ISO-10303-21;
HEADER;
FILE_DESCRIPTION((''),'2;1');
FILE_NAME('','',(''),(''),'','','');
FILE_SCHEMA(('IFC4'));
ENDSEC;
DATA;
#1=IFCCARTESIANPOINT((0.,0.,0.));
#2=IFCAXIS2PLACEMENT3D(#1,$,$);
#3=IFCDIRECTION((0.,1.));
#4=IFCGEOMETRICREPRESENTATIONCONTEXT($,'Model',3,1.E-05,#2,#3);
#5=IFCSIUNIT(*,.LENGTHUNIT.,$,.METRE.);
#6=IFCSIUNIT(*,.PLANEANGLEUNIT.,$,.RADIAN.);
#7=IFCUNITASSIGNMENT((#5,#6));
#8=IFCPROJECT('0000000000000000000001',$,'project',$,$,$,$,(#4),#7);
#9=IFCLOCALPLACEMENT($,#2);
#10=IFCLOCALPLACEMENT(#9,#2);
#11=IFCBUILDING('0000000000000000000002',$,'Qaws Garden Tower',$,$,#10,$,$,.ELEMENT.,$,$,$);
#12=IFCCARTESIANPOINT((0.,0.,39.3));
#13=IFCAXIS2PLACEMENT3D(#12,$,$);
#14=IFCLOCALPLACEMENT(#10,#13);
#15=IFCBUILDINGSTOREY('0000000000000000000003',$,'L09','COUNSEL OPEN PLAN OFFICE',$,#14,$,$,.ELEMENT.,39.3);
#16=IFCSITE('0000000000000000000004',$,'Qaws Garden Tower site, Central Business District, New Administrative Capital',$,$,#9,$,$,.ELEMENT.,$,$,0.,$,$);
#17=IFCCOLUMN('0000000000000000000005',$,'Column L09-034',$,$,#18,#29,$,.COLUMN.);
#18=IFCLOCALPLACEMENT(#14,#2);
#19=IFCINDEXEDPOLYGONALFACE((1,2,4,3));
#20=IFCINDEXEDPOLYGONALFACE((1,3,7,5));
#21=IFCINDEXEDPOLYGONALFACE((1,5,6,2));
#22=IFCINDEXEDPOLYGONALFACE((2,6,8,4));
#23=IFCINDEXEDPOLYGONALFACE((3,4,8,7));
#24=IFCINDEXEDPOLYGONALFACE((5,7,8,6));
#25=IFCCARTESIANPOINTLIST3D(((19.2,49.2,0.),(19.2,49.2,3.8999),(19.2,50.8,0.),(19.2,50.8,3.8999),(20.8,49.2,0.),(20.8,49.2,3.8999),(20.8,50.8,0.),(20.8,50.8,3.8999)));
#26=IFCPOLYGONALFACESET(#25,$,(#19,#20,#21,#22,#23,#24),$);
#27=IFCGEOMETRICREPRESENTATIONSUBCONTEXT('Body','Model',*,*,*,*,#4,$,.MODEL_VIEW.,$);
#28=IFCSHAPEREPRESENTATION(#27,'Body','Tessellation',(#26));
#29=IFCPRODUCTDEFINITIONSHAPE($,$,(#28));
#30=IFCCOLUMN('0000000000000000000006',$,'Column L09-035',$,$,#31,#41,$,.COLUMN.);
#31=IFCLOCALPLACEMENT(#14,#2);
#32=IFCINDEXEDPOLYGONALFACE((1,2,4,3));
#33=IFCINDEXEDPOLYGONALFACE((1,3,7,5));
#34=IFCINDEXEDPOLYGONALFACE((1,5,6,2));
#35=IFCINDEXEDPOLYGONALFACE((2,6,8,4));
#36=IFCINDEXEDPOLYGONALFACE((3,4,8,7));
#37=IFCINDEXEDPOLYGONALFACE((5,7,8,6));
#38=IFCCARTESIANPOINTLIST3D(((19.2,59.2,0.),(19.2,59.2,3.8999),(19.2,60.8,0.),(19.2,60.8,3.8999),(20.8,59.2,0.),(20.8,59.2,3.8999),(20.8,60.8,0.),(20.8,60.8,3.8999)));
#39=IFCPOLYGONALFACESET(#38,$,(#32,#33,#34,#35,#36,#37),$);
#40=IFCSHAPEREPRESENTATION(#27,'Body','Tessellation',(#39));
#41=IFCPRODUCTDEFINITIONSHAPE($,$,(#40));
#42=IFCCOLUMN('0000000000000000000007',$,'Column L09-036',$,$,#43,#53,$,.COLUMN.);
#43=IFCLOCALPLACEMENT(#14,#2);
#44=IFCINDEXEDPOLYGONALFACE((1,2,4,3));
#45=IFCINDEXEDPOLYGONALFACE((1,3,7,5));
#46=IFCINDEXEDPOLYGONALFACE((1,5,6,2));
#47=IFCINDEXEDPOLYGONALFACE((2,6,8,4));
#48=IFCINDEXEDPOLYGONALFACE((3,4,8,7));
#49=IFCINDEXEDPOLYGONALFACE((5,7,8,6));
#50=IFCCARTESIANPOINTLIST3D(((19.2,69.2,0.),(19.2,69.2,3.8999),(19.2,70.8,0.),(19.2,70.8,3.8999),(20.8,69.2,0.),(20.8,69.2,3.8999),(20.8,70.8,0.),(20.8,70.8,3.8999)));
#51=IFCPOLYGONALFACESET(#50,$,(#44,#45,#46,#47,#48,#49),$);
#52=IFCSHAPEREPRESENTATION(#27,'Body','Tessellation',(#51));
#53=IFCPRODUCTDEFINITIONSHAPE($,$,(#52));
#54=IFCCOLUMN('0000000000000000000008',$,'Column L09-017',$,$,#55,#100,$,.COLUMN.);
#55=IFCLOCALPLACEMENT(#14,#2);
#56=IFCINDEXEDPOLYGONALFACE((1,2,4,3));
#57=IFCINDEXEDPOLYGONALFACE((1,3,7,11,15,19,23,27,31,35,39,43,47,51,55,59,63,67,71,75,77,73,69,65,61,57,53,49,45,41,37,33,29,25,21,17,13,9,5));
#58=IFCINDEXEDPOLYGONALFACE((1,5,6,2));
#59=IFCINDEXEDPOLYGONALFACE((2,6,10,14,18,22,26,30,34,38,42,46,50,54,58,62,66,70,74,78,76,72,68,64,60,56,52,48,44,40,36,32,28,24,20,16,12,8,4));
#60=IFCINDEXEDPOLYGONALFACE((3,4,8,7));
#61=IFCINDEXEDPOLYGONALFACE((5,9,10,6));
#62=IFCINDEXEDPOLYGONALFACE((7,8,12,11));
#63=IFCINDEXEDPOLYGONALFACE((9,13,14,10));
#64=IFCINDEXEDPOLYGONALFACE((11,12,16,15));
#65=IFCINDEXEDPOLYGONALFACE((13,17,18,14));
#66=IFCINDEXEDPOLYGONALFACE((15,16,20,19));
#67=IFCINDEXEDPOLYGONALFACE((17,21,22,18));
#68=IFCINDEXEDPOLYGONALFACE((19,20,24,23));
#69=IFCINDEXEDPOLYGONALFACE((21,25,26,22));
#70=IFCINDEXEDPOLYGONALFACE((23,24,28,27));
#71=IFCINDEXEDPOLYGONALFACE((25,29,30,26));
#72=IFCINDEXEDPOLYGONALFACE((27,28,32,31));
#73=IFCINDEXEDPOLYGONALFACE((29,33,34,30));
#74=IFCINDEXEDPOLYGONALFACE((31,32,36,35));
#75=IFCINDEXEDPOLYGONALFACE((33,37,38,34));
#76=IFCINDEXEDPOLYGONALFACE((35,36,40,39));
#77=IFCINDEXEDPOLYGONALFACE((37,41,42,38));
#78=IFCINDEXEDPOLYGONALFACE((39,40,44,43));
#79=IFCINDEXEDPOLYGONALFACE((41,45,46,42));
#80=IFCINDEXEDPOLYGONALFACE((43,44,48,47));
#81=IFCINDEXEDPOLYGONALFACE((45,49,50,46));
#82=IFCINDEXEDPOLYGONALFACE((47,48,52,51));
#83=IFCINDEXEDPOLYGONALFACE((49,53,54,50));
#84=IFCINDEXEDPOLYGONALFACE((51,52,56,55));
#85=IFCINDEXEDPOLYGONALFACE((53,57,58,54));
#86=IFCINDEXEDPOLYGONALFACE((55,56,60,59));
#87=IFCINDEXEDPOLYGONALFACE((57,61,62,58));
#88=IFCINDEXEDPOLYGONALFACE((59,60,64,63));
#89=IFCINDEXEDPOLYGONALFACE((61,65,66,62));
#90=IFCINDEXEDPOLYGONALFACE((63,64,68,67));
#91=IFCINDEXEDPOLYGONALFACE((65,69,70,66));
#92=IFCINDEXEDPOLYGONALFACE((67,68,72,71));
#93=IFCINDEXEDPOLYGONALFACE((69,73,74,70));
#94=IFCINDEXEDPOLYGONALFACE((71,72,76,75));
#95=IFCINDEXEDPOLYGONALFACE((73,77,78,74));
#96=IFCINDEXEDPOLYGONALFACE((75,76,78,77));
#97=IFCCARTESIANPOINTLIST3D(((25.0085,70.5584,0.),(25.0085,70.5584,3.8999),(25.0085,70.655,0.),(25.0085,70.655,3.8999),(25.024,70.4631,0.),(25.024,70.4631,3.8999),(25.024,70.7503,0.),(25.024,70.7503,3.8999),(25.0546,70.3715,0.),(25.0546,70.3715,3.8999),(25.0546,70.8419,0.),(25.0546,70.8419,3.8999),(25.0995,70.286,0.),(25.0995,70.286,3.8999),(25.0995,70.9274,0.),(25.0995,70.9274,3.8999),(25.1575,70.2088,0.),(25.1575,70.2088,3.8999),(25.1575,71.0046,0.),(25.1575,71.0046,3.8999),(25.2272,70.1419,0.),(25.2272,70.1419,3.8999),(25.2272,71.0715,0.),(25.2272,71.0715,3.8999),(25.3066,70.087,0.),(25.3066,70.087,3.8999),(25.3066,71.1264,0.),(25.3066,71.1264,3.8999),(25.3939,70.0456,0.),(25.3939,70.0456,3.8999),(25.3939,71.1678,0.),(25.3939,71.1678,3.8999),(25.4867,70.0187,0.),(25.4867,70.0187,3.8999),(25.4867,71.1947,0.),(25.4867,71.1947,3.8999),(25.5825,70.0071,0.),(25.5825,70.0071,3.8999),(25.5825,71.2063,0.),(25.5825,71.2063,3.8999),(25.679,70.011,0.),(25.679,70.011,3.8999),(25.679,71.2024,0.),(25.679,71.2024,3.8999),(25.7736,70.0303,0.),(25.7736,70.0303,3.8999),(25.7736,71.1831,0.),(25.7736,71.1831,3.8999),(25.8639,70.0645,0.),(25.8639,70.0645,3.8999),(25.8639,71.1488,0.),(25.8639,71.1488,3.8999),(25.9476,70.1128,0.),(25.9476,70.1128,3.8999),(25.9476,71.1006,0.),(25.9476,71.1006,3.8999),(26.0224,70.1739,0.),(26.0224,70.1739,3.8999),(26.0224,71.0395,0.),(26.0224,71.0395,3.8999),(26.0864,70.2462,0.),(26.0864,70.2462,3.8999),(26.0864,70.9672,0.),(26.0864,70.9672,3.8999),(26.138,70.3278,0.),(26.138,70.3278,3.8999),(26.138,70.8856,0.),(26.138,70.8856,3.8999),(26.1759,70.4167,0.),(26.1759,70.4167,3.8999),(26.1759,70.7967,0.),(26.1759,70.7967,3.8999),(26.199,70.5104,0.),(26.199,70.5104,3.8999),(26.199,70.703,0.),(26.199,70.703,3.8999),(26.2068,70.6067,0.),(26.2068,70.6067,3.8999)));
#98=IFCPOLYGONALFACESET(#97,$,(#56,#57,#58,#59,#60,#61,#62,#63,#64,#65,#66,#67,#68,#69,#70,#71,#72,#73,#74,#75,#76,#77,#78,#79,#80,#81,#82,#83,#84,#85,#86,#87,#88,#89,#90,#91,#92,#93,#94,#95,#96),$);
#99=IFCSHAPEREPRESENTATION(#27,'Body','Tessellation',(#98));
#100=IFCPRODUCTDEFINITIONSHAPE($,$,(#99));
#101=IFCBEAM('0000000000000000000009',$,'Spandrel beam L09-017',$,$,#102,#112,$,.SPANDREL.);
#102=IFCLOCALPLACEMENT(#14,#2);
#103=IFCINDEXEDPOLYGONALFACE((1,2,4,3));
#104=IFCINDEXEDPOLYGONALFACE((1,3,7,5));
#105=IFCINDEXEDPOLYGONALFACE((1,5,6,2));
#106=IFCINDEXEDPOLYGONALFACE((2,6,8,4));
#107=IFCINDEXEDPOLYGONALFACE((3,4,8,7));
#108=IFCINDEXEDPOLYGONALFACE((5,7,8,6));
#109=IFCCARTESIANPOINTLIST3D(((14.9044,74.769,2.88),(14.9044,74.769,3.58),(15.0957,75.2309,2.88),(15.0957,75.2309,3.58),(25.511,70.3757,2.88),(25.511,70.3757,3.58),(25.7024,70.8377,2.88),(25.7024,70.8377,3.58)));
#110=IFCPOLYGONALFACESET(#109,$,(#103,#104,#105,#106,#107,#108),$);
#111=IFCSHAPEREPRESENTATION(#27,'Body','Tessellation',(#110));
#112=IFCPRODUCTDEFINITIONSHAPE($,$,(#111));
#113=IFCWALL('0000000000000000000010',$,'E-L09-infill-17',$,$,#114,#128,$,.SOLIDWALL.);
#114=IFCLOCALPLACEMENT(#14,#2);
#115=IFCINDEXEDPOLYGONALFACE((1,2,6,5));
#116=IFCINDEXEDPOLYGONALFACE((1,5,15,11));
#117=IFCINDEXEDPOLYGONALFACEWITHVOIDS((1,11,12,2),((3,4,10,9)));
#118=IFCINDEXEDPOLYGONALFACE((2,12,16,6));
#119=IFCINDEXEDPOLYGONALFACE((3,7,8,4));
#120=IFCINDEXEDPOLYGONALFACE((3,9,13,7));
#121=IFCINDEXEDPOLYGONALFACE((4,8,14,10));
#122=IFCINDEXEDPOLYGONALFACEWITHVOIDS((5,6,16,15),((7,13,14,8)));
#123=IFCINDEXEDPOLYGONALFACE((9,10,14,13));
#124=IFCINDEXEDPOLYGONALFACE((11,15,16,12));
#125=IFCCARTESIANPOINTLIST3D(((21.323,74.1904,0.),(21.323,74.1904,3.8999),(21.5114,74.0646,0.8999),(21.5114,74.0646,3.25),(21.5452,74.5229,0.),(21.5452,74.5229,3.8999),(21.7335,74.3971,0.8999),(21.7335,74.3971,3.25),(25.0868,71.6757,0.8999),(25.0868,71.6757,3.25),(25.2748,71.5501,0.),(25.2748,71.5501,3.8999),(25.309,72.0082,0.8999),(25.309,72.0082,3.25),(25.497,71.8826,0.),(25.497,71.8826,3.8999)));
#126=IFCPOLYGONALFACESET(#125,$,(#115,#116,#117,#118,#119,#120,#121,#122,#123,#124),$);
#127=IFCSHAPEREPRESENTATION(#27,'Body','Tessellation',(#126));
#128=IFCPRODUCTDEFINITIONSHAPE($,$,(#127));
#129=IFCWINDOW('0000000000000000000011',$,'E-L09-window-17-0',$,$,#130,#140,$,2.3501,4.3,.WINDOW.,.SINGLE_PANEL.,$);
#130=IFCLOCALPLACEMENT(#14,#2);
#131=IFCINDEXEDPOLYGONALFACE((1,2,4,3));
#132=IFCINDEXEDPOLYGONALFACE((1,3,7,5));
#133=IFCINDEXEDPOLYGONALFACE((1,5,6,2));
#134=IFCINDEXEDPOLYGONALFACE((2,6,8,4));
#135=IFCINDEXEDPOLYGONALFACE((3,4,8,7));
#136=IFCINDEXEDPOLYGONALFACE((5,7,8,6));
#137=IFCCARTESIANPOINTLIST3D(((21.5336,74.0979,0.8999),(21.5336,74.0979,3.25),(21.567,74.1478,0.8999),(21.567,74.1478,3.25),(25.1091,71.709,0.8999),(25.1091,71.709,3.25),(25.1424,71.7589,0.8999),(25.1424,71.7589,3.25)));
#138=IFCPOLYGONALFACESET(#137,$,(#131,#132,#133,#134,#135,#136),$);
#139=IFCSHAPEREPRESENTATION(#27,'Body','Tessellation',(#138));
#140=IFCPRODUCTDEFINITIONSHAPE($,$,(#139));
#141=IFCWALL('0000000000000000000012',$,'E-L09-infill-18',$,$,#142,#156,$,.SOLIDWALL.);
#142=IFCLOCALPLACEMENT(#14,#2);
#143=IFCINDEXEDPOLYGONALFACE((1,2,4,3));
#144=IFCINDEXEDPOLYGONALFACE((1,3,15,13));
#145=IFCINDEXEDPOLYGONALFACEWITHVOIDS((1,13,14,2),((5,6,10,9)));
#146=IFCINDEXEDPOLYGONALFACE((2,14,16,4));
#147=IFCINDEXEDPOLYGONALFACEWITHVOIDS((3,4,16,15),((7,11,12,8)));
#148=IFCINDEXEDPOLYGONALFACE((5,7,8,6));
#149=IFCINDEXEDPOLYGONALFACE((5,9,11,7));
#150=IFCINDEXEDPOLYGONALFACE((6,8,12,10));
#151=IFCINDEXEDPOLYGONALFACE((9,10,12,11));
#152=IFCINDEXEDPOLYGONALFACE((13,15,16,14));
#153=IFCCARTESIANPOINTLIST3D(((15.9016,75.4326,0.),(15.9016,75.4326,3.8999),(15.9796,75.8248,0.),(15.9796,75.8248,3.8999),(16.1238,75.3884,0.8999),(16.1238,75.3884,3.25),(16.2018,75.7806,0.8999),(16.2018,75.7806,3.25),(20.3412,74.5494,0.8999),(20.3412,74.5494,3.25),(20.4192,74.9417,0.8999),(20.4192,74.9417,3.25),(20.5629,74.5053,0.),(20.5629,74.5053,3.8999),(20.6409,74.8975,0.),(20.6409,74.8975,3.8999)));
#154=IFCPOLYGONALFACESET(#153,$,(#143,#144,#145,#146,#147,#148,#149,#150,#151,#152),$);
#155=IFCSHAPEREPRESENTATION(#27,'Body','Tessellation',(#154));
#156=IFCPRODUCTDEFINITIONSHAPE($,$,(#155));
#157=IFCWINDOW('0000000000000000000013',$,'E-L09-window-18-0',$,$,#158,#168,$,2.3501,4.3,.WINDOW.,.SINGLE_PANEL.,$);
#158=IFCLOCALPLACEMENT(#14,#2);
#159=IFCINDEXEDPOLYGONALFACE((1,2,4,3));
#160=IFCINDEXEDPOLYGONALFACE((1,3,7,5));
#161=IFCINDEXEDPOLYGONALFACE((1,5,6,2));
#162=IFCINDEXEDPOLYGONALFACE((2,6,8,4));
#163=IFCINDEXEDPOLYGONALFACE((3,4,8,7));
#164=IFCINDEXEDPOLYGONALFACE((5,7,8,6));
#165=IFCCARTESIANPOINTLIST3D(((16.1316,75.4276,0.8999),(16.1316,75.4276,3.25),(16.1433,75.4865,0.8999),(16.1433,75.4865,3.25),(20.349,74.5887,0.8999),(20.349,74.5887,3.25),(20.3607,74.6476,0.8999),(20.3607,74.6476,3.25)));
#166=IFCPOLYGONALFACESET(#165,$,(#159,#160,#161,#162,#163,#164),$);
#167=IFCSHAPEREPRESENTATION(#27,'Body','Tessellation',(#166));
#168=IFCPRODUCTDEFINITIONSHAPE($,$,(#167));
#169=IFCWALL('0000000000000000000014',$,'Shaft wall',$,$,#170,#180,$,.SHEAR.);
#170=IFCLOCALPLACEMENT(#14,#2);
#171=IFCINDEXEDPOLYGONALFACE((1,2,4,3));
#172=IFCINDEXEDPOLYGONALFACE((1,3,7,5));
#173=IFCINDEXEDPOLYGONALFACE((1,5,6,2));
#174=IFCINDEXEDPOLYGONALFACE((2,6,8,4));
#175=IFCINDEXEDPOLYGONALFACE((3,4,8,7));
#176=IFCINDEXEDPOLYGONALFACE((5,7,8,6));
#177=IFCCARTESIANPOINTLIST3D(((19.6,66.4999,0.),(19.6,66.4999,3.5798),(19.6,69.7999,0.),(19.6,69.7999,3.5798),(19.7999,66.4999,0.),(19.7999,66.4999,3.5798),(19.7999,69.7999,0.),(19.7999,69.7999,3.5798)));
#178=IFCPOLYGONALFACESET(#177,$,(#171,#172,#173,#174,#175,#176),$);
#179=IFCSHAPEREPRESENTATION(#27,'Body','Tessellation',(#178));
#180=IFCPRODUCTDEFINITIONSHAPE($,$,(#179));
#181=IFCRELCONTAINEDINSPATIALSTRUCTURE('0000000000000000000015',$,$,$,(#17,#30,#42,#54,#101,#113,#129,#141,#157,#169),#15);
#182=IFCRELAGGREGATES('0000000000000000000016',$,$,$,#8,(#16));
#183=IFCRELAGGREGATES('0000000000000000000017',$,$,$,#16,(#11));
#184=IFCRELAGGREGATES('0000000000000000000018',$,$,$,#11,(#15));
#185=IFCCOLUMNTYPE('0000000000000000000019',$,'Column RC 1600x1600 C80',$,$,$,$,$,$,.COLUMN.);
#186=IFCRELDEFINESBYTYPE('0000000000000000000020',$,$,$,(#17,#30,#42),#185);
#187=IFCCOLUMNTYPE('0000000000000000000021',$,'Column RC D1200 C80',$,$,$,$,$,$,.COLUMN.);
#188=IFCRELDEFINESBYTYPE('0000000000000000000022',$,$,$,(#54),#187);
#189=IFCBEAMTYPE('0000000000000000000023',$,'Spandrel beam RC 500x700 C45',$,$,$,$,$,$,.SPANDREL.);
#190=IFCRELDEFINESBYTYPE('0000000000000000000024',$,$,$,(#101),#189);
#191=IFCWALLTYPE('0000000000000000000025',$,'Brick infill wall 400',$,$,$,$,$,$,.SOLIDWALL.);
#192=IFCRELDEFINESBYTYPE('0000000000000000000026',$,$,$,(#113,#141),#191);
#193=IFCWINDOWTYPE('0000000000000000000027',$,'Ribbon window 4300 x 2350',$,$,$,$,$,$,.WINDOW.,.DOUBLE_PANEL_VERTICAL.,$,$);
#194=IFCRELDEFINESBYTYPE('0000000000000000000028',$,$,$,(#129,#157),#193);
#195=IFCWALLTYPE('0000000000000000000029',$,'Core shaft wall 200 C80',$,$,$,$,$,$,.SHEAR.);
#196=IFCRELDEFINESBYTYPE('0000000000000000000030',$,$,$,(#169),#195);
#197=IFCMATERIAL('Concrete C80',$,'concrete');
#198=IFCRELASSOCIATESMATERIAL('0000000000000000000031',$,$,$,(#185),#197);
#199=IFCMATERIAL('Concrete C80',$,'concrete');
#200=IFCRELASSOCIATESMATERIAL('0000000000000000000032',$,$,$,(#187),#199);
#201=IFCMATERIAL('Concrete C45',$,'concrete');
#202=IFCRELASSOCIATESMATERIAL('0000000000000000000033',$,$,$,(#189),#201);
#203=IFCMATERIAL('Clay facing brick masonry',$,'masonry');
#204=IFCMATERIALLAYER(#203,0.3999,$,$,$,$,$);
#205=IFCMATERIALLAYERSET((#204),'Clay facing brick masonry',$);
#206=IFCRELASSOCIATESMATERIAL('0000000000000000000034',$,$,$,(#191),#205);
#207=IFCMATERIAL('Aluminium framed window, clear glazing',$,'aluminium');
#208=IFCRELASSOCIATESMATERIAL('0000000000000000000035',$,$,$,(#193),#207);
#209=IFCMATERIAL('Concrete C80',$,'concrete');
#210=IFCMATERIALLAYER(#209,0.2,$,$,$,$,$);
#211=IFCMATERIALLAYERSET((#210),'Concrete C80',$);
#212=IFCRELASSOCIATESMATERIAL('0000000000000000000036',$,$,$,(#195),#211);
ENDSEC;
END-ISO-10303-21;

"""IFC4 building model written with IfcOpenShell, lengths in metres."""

from ifc_helpers import new_model, si_unit, direction, frame, frame_2d, origin, origin_2d, place, context, subcontext, project, spatial, rectangle, circle, extrude, material, layer, layer_set, material_profile, profile_set, type_object, element, fill, save


model = new_model("IFC4")

# Units and contexts
model_context = context("Model", 3, precision=1e-05, world=origin(), true_north=direction((0.0, 1.0)))
body_context = subcontext(model_context, "Body", "Model", "MODEL_VIEW")
ifc_project = project(units=[si_unit("LENGTHUNIT", "METRE"), si_unit("PLANEANGLEUNIT", "RADIAN")], contexts=[model_context])

# Site, building, storey
site_placement = place(None, origin())
site = spatial("IfcSite", under=ifc_project, at=site_placement, Name="Qaws Garden Tower site, Central Business District, New Administrative Capital", CompositionType="ELEMENT", RefElevation=0.0)
building_placement = place(site_placement, origin())
building = spatial("IfcBuilding", under=site, at=building_placement, Name="Qaws Garden Tower", CompositionType="ELEMENT")
storey_placement = place(building_placement, frame((0.0, 0.0, 39.3)))
storey = spatial("IfcBuildingStorey", under=building, at=storey_placement, Name="L09", Description="COUNSEL OPEN PLAN OFFICE", CompositionType="ELEMENT", Elevation=39.3)

# Columns
ifc_material_1 = material(Name="Concrete C80", Category="concrete")
ifc_material_profile_1 = material_profile(ifc_material_1, rectangle(XDim=1.6001, YDim=1.6001, at=origin_2d()), Name="RC 1600x1600")
ifc_profile_set_1 = profile_set([ifc_material_profile_1], Name="Concrete C80")
column_type_1 = type_object("IfcColumnType", Name="Column RC 1600x1600 C80", PredefinedType="COLUMN", material=ifc_profile_set_1)
for number, where, z_axis, x_axis, name in (
    (1, (20.0, 50.0, 0.0), (0.0, 0.0, 1.0), (1.0, 0.0, 0.0), "Column L09-034"),
    (2, (20.0, 60.0, 0.0), (0.0, 0.0, 1.0), (1.0, 0.0, 0.0), "Column L09-035"),
    (3, (20.0, 70.0, 0.0), (0.0, 0.0, 1.0), (1.0, 0.0, 0.0), "Column L09-036"),
):
    element("IfcColumn", number, at=place(storey_placement, frame(where, z_axis=z_axis, x_axis=x_axis)), inside=storey, type_object=column_type_1, Name=name, PredefinedType="COLUMN", context=body_context, shape_type="SweptSolid", body=[
        extrude(rectangle(XDim=1.6001, YDim=1.6001, at=origin_2d()), origin(), (0.0, 0.0, 1.0), 3.8999),
    ])
ifc_material_2 = material(Name="Concrete C80", Category="concrete")
ifc_material_profile_2 = material_profile(ifc_material_2, circle(Radius=0.6001, at=origin_2d()), Name="RC D1200")
ifc_profile_set_2 = profile_set([ifc_material_profile_2], Name="Concrete C80")
column_type_2 = type_object("IfcColumnType", Name="Column RC D1200 C80", PredefinedType="COLUMN", material=ifc_profile_set_2)
column_placement = place(storey_placement, frame((25.6067, 70.6067, 0.0), z_axis=(0.0, 0.0, 1.0), x_axis=(1.0, 0.0, 0.0)))
element("IfcColumn", 4, at=column_placement, inside=storey, type_object=column_type_2, Name="Column L09-017", PredefinedType="COLUMN", context=body_context, shape_type="SweptSolid", body=[
    extrude(circle(Radius=0.6001, at=origin_2d()), origin(), (0.0, 0.0, 1.0), 3.8999),
])

# Beam
ifc_material_3 = material(Name="Concrete C45", Category="concrete")
ifc_material_profile_3 = material_profile(ifc_material_3, rectangle(XDim=0.5, YDim=0.7, at=origin_2d()), Name="RC 500x700")
ifc_profile_set_3 = profile_set([ifc_material_profile_3], Name="Concrete C45")
beam_type = type_object("IfcBeamType", Name="Spandrel beam RC 500x700 C45", PredefinedType="SPANDREL", material=ifc_profile_set_3)
beam_placement = place(storey_placement, frame((25.6067, 70.6067, 3.23), z_axis=(-0.923883, 0.382674, 0.0), x_axis=(-0.382674, -0.923883, 0.0)))
element("IfcBeam", 5, at=beam_placement, inside=storey, type_object=beam_type, Name="Spandrel beam L09-017", PredefinedType="SPANDREL", context=body_context, shape_type="SweptSolid", body=[
    extrude(rectangle(XDim=0.5, YDim=0.7, at=origin_2d()), origin(), (0.0, 0.0, 1.0), 11.4805),
])

# Walls, openings, windows
ifc_material_4 = material(Name="Clay facing brick masonry", Category="masonry")
ifc_layer_1 = layer(ifc_material_4, 0.3999)
ifc_layer_set_1 = layer_set([ifc_layer_1], Name="Clay facing brick masonry")
wall_type_1 = type_object("IfcWallType", Name="Brick infill wall 400", PredefinedType="SOLIDWALL", material=ifc_layer_set_1)
wall_1_placement = place(storey_placement, frame((25.386, 71.7163, 0.0), z_axis=(0.0, 0.0, 1.0), x_axis=(-0.831489, 0.555542, 0.0)))
wall_1 = element("IfcWall", 6, at=wall_1_placement, inside=storey, type_object=wall_type_1, Name="E-L09-infill-17", PredefinedType="SOLIDWALL", context=body_context, shape_type="SweptSolid", body=[
    extrude(rectangle(XDim=4.7527, YDim=0.3999, at=frame_2d((2.3765, 0.0))), origin(), (0.0, 0.0, 1.0), 3.8999),
])
opening_1_placement = place(wall_1_placement, frame((0.2263, 0.0, 0.8999)))
opening_1 = element("IfcOpeningElement", 7, at=opening_1_placement, cuts=wall_1, PredefinedType="OPENING", context=body_context, shape_type="SweptSolid", body=[
    extrude(rectangle(XDim=4.3, YDim=2.3501, at=frame_2d((2.1499, 1.175))), frame((0.0, 0.21, 0.0), z_axis=(0.0, -1.0, 0.0), x_axis=(1.0, 0.0, 0.0)), (0.0, 0.0, 1.0), 0.4199),
])
ifc_material_5 = material(Name="Aluminium framed window, clear glazing", Category="aluminium")
window_type = type_object("IfcWindowType", Name="Ribbon window 4300 x 2350", PartitioningType="DOUBLE_PANEL_VERTICAL", PredefinedType="WINDOW", material=ifc_material_5)
window_1_placement = place(opening_1_placement, origin())
window_1 = element("IfcWindow", 8, at=window_1_placement, inside=storey, type_object=window_type, Name="E-L09-window-17-0", OverallHeight=2.3501, OverallWidth=4.3, PartitioningType="SINGLE_PANEL", PredefinedType="WINDOW", context=body_context, shape_type="SweptSolid", body=[
    extrude(rectangle(XDim=4.3, YDim=2.3501, at=frame_2d((2.1499, 1.175))), frame((0.0, 0.1599, 0.0), z_axis=(0.0, -1.0, 0.0), x_axis=(1.0, 0.0, 0.0)), (0.0, 0.0, 1.0), 0.0601),
])
fill(opening_1, window_1)
wall_2_placement = place(storey_placement, frame((20.6021, 74.7014, 0.0), z_axis=(0.0, 0.0, 1.0), x_axis=(-0.980784, 0.195099, 0.0)))
wall_2 = element("IfcWall", 9, at=wall_2_placement, inside=storey, type_object=wall_type_1, Name="E-L09-infill-18", PredefinedType="SOLIDWALL", context=body_context, shape_type="SweptSolid", body=[
    extrude(rectangle(XDim=4.7527, YDim=0.3999, at=frame_2d((2.3765, 0.0))), origin(), (0.0, 0.0, 1.0), 3.8999),
])
opening_2_placement = place(wall_2_placement, frame((0.2263, 0.0, 0.8999)))
opening_2 = element("IfcOpeningElement", 10, at=opening_2_placement, cuts=wall_2, PredefinedType="OPENING", context=body_context, shape_type="SweptSolid", body=[
    extrude(rectangle(XDim=4.3, YDim=2.3501, at=frame_2d((2.1499, 1.175))), frame((0.0, 0.21, 0.0), z_axis=(0.0, -1.0, 0.0), x_axis=(1.0, 0.0, 0.0)), (0.0, 0.0, 1.0), 0.4199),
])
window_2_placement = place(opening_2_placement, origin())
window_2 = element("IfcWindow", 11, at=window_2_placement, inside=storey, type_object=window_type, Name="E-L09-window-18-0", OverallHeight=2.3501, OverallWidth=4.3, PartitioningType="SINGLE_PANEL", PredefinedType="WINDOW", context=body_context, shape_type="SweptSolid", body=[
    extrude(rectangle(XDim=4.3, YDim=2.3501, at=frame_2d((2.1499, 1.175))), frame((0.0, 0.1599, 0.0), z_axis=(0.0, -1.0, 0.0), x_axis=(1.0, 0.0, 0.0)), (0.0, 0.0, 1.0), 0.0601),
])
fill(opening_2, window_2)

# Wall
ifc_material_6 = material(Name="Concrete C80", Category="concrete")
ifc_layer_2 = layer(ifc_material_6, 0.2)
ifc_layer_set_2 = layer_set([ifc_layer_2], Name="Concrete C80")
wall_type_2 = type_object("IfcWallType", Name="Core shaft wall 200 C80", PredefinedType="SHEAR", material=ifc_layer_set_2)
wall_3_placement = place(storey_placement, frame((19.7, 66.5, 0.0), z_axis=(0.0, 0.0, 1.0), x_axis=(0.0, 1.0, 0.0)))
element("IfcWall", 12, at=wall_3_placement, inside=storey, type_object=wall_type_2, Name="Shaft wall", PredefinedType="SHEAR", context=body_context, shape_type="SweptSolid", body=[
    extrude(rectangle(XDim=3.3, YDim=0.2, at=frame_2d((1.6499, 0.0))), origin(), (0.0, 0.0, 1.0), 3.5798),
])

save(model, "model.ifc")
